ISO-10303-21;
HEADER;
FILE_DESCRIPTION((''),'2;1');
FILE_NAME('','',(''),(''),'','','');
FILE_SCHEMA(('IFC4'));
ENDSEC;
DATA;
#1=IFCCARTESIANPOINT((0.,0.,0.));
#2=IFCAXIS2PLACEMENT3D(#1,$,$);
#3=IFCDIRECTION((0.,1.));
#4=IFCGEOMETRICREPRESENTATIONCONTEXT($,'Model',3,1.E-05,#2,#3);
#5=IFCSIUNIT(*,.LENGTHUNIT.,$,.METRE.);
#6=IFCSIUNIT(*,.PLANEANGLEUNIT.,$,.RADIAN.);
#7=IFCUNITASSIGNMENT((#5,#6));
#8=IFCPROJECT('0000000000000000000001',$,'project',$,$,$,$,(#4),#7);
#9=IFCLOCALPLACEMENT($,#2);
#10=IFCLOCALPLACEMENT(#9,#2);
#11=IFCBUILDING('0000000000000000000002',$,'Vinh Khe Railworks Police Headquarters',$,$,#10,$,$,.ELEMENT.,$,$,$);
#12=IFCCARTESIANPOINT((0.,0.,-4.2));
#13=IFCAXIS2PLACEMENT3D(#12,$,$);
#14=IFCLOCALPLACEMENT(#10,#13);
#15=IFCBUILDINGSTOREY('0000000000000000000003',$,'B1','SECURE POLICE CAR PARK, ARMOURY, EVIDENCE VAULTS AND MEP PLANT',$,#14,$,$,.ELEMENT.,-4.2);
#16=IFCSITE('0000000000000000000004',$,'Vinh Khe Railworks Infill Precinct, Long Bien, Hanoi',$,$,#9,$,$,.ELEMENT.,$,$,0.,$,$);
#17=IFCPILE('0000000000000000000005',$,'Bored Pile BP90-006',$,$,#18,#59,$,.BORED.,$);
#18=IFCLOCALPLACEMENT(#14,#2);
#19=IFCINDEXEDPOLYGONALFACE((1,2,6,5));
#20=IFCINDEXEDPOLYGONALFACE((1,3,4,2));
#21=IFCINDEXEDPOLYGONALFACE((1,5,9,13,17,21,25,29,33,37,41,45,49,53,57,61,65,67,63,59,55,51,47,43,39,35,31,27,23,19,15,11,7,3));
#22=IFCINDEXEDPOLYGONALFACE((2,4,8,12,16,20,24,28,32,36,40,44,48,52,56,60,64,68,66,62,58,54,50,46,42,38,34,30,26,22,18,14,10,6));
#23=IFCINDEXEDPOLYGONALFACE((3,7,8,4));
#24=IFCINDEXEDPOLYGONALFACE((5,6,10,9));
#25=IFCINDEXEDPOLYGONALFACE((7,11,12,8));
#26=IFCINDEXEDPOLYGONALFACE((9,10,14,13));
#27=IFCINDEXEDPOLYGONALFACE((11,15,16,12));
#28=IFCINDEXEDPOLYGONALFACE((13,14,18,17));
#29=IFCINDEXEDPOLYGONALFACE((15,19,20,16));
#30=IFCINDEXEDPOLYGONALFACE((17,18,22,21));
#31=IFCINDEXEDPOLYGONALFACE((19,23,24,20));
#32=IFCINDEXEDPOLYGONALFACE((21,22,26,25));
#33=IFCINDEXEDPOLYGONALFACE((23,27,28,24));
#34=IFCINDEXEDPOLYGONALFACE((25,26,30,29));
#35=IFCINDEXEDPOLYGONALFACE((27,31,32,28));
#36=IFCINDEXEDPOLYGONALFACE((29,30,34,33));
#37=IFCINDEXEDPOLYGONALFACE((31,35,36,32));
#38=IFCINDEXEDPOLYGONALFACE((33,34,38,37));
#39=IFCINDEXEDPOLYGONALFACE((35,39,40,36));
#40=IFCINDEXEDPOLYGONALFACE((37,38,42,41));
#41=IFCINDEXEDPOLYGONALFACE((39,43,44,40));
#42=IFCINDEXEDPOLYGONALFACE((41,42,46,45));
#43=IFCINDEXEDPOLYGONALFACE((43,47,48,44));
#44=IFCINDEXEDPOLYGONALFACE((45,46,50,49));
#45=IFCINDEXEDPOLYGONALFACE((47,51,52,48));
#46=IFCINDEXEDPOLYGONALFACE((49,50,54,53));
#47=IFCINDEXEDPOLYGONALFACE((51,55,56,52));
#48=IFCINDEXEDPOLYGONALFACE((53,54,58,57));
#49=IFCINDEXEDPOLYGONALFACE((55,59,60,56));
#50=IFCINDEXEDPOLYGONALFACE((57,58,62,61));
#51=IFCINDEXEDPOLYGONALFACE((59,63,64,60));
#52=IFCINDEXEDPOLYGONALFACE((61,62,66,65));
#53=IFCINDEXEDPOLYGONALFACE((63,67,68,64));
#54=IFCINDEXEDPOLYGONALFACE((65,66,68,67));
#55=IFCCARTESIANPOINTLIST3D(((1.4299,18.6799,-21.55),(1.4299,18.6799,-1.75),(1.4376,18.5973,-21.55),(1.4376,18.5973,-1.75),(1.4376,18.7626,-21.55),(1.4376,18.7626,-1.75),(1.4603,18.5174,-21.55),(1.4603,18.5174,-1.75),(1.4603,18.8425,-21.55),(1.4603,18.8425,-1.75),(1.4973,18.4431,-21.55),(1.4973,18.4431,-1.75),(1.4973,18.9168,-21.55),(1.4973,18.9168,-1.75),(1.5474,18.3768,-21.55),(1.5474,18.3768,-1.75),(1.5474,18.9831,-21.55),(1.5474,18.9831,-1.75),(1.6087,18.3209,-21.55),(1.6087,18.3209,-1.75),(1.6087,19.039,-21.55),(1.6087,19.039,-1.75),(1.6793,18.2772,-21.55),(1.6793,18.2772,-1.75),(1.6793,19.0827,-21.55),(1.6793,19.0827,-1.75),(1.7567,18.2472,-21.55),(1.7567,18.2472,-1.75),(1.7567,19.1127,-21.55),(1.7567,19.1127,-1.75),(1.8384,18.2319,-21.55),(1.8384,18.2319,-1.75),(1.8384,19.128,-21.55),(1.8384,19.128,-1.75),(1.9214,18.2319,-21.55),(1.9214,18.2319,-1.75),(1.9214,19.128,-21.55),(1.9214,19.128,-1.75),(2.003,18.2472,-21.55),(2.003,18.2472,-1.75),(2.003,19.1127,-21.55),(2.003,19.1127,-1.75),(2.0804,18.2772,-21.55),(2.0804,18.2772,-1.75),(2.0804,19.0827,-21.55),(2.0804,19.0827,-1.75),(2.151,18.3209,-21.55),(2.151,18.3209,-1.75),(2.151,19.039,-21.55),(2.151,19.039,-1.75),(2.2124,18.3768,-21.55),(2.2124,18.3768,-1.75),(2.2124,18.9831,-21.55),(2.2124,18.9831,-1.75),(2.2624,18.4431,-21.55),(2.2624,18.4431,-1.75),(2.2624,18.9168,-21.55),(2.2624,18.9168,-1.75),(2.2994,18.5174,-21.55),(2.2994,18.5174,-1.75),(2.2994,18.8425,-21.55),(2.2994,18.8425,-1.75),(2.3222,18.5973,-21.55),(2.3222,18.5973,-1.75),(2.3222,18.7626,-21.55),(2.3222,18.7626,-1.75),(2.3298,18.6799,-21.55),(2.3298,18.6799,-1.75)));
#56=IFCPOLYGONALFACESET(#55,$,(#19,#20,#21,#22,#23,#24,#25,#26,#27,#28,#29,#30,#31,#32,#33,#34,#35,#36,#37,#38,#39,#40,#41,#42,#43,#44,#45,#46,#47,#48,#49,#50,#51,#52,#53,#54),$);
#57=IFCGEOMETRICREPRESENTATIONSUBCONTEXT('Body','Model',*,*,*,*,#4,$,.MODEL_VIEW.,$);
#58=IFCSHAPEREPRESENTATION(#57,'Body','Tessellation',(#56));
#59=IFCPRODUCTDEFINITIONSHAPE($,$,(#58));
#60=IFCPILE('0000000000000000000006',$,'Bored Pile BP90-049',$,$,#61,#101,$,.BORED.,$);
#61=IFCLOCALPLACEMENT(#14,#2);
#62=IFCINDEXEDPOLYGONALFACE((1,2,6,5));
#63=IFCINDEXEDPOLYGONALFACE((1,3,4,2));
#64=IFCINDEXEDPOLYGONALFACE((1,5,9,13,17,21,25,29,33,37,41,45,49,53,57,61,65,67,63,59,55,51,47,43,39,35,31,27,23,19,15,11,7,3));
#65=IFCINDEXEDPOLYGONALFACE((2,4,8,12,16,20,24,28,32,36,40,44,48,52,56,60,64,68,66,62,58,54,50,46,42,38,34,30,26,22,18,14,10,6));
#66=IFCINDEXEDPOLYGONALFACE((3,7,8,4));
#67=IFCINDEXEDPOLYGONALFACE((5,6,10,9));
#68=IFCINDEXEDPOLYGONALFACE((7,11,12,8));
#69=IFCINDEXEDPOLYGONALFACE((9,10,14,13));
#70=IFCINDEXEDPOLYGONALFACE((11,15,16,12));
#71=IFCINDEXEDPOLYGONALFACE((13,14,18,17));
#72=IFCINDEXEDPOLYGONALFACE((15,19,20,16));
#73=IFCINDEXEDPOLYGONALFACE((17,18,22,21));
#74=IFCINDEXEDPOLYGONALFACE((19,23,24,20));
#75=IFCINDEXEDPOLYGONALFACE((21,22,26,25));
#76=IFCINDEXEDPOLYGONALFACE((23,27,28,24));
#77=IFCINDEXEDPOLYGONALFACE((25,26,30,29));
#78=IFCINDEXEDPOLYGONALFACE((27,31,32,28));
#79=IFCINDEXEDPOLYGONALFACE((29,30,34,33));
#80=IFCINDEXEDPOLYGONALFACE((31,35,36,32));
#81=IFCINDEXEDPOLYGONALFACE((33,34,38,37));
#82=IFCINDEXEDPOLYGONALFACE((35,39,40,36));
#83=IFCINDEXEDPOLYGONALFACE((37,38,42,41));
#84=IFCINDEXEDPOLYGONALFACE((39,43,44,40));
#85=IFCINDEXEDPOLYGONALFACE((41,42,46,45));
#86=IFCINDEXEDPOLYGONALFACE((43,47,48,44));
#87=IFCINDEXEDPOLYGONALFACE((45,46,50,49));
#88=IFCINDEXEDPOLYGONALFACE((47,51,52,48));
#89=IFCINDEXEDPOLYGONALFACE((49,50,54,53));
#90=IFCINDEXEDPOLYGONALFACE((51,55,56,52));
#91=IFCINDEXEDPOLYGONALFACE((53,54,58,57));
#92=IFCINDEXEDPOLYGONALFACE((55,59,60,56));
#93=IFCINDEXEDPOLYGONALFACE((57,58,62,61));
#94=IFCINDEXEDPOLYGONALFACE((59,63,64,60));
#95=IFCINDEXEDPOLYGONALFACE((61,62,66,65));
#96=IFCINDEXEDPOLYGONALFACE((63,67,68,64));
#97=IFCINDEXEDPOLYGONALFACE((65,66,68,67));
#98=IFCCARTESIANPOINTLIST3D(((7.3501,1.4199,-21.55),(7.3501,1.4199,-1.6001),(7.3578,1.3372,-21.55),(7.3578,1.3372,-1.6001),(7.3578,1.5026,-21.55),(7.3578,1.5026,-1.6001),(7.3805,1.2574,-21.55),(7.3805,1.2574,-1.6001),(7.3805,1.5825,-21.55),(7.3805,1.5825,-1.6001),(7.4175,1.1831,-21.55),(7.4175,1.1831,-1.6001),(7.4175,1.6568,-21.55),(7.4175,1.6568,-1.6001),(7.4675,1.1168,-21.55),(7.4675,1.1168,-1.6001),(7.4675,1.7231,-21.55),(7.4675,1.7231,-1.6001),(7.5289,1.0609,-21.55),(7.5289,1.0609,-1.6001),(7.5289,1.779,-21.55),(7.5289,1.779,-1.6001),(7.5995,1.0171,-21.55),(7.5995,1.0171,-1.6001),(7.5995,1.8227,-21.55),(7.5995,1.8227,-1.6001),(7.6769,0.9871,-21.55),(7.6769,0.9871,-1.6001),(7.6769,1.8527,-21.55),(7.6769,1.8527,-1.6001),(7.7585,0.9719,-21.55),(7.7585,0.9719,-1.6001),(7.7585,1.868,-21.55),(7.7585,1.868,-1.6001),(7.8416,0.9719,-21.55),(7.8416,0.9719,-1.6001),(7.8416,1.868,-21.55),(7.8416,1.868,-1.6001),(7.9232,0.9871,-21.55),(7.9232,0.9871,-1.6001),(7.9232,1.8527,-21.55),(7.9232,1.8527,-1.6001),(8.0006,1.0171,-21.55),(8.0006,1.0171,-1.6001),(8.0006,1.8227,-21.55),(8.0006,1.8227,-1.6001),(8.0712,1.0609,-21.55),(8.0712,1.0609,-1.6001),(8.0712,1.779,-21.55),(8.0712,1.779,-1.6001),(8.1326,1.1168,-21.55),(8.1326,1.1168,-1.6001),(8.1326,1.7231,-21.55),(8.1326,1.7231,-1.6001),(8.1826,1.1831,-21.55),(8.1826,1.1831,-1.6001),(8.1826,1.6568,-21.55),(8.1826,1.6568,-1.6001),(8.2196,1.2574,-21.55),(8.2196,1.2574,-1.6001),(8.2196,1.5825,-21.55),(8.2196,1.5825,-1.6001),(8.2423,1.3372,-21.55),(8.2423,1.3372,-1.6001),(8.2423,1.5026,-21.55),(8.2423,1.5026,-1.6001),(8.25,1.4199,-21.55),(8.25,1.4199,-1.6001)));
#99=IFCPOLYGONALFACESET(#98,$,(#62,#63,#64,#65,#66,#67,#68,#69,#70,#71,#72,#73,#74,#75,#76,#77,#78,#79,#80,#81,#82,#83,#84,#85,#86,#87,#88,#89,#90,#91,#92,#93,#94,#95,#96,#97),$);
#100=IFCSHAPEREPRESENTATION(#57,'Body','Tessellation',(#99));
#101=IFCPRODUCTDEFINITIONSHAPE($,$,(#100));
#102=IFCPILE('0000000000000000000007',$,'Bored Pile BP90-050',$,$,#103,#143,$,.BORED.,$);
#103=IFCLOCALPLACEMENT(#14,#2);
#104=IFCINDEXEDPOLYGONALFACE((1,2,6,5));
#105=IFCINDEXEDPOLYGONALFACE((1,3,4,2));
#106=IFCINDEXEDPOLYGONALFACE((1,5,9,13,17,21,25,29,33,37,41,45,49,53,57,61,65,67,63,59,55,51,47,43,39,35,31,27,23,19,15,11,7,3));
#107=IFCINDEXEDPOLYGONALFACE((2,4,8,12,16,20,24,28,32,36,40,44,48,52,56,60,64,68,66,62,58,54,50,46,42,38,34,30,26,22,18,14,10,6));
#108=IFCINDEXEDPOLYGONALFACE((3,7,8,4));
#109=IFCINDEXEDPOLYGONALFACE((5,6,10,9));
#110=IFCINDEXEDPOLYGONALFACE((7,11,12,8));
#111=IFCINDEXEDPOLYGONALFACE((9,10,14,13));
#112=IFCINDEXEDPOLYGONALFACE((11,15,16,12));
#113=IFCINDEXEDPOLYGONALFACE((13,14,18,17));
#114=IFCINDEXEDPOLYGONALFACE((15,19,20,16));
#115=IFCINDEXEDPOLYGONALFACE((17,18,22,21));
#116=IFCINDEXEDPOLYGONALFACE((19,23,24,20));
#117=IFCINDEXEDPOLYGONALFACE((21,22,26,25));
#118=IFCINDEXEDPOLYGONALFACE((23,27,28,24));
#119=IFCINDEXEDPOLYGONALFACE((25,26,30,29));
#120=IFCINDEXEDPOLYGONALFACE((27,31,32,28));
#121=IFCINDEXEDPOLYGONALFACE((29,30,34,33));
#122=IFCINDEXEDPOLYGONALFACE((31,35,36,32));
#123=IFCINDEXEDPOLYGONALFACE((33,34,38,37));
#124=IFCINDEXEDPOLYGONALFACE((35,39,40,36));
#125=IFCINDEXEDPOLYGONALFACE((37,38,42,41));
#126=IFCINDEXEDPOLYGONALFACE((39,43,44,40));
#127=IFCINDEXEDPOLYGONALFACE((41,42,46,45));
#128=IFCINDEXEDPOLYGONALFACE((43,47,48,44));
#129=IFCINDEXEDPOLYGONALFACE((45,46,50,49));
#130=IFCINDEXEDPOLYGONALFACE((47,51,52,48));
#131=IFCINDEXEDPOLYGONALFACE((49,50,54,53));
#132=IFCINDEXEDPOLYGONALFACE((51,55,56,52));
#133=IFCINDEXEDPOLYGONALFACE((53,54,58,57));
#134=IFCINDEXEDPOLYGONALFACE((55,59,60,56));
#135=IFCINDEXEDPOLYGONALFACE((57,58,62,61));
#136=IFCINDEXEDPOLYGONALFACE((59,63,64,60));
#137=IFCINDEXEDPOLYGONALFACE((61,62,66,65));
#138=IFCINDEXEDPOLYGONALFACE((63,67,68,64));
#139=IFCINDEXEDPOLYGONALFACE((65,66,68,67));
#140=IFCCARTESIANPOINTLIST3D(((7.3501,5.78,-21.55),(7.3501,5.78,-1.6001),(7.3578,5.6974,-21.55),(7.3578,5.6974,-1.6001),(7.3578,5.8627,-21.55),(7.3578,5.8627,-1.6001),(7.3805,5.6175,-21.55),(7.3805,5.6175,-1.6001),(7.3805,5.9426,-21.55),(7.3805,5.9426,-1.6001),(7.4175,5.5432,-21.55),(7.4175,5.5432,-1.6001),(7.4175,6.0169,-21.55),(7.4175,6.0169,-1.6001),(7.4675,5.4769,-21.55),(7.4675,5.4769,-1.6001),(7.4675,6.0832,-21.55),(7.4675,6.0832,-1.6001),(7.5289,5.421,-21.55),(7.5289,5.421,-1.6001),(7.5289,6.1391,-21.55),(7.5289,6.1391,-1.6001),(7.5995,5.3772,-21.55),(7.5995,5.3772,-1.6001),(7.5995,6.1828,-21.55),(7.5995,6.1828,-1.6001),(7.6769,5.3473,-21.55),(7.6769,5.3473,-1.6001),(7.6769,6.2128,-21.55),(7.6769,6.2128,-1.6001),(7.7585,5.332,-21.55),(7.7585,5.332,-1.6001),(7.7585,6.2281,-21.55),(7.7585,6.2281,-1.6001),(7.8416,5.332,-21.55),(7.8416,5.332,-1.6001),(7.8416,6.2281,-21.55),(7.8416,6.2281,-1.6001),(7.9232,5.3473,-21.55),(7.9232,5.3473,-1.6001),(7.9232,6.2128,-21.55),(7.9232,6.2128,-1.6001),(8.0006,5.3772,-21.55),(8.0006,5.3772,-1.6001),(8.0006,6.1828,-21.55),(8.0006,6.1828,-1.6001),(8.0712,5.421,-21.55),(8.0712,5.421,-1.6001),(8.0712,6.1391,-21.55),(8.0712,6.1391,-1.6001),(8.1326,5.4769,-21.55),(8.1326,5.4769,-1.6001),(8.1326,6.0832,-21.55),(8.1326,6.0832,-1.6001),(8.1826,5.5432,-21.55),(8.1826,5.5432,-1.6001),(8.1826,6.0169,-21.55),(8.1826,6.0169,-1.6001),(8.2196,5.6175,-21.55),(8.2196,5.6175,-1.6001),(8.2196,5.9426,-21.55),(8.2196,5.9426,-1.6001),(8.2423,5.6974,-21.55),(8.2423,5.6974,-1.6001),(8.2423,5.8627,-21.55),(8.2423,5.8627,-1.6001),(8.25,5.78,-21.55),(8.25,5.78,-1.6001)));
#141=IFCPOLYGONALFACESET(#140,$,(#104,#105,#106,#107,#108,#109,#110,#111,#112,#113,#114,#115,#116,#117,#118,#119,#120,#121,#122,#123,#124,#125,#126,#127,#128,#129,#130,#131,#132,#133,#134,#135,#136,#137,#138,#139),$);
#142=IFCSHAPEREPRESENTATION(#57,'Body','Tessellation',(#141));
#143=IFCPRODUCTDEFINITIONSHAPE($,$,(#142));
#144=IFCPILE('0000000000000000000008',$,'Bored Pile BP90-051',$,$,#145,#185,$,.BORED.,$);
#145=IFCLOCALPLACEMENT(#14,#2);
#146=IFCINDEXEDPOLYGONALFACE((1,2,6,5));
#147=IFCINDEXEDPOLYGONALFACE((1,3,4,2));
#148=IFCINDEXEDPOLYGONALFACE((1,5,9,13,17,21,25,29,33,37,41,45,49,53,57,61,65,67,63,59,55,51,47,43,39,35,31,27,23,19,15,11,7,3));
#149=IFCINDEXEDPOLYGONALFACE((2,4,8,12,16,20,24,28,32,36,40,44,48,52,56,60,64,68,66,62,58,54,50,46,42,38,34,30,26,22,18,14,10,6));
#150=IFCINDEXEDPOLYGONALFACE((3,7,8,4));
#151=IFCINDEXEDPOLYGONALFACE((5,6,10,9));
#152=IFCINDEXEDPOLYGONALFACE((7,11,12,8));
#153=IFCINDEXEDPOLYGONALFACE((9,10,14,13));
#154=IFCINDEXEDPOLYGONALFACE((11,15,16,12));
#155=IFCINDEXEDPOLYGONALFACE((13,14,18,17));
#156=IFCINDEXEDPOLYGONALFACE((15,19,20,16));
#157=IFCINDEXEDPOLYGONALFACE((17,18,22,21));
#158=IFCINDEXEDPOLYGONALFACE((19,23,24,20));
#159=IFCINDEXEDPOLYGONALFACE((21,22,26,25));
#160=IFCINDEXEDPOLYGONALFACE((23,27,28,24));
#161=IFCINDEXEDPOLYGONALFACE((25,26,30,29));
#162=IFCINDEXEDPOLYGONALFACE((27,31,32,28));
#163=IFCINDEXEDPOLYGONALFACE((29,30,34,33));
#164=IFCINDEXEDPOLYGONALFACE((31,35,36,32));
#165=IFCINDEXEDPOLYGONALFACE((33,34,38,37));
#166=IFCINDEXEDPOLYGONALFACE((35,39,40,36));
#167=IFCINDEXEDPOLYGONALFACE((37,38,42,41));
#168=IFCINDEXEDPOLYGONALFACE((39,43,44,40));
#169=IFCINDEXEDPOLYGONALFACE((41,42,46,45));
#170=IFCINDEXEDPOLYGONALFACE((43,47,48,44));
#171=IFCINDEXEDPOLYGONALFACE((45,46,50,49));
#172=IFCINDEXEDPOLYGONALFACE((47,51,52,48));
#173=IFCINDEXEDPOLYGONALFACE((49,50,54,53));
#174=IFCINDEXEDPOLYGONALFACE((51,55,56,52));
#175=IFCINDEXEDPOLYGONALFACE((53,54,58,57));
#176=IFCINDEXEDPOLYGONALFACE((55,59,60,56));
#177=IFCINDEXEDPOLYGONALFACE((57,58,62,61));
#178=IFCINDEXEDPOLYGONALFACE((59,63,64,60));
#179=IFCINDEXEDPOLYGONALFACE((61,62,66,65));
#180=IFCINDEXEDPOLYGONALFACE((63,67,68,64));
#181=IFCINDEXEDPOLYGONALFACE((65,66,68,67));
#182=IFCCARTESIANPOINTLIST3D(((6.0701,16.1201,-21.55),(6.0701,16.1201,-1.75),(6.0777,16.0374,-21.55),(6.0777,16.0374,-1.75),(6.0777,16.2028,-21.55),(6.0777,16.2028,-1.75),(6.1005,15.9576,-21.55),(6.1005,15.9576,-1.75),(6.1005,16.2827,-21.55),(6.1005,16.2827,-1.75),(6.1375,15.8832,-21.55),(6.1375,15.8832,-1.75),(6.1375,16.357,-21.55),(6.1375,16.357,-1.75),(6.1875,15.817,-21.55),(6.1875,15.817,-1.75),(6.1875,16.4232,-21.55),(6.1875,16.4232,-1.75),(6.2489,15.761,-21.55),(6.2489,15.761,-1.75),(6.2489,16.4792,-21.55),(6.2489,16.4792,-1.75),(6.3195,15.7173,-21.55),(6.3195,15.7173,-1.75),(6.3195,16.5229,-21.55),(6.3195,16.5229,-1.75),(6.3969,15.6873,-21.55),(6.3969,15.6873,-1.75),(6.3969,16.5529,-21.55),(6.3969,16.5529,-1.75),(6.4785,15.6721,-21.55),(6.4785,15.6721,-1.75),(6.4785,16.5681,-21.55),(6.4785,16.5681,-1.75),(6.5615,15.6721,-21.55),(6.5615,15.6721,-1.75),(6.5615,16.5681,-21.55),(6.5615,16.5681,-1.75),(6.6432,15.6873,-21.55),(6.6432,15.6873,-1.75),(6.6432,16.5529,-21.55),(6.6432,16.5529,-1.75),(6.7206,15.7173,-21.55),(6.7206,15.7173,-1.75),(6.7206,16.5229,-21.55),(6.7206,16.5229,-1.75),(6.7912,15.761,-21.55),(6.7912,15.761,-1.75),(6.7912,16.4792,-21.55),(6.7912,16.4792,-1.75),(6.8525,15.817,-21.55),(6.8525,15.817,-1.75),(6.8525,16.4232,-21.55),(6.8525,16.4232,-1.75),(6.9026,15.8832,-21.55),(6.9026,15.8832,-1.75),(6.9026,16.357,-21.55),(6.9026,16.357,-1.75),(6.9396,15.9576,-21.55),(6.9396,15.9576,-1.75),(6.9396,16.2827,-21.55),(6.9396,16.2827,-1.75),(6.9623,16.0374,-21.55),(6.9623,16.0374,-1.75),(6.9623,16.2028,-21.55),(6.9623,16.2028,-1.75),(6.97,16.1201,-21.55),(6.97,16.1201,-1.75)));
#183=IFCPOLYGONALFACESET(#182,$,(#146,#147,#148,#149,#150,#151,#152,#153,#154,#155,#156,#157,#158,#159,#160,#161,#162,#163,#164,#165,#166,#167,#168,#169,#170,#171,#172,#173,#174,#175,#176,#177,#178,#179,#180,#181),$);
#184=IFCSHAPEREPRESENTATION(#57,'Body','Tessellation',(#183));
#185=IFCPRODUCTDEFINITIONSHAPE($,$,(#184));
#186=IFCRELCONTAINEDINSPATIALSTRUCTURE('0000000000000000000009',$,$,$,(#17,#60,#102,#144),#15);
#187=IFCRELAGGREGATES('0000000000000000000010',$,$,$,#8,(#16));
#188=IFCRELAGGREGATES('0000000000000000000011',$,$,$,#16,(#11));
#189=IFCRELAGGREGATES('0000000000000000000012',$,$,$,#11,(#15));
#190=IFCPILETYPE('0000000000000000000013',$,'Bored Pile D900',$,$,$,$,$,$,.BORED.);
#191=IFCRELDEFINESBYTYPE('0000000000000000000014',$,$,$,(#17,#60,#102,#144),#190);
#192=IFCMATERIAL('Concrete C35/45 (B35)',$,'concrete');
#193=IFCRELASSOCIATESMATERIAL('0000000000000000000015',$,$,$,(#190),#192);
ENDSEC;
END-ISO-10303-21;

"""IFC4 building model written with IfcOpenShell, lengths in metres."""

from ifc_helpers import new_model, si_unit, direction, frame, origin, origin_2d, place, context, subcontext, project, spatial, circle, extrude, material, material_profile, profile_set, type_object, element, save


model = new_model("IFC4")

# Units and contexts
model_context = context("Model", 3, precision=1e-05, world=origin(), true_north=direction((0.0, 1.0)))
body_context = subcontext(model_context, "Body", "Model", "MODEL_VIEW")
ifc_project = project(units=[si_unit("LENGTHUNIT", "METRE"), si_unit("PLANEANGLEUNIT", "RADIAN")], contexts=[model_context])

# Site, building, storey
site_placement = place(None, origin())
site = spatial("IfcSite", under=ifc_project, at=site_placement, Name="Vinh Khe Railworks Infill Precinct, Long Bien, Hanoi", CompositionType="ELEMENT", RefElevation=0.0)
building_placement = place(site_placement, origin())
building = spatial("IfcBuilding", under=site, at=building_placement, Name="Vinh Khe Railworks Police Headquarters", CompositionType="ELEMENT")
storey_placement = place(building_placement, frame((0.0, 0.0, -4.2)))
storey = spatial("IfcBuildingStorey", under=building, at=storey_placement, Name="B1", Description="SECURE POLICE CAR PARK, ARMOURY, EVIDENCE VAULTS AND MEP PLANT", CompositionType="ELEMENT", Elevation=-4.2)

# Piles
ifc_material_1 = material(Name="Concrete C35/45 (B35)", Category="concrete")
ifc_material_profile_1 = material_profile(ifc_material_1, circle(Radius=0.45, at=origin_2d()), Name="BORED PILE D900")
ifc_profile_set_1 = profile_set([ifc_material_profile_1], Name="Concrete C35/45 (B35)")
pile_type = type_object("IfcPileType", Name="Bored Pile D900", PredefinedType="BORED", material=ifc_profile_set_1)
pile_placement = place(storey_placement, frame((1.8799, 18.6799, -1.75), z_axis=(0.0, 0.0, -1.0), x_axis=(1.0, 0.0, 0.0)))
element("IfcPile", 1, at=pile_placement, inside=storey, type_object=pile_type, Name="Bored Pile BP90-006", PredefinedType="BORED", context=body_context, shape_type="SweptSolid", body=[
    extrude(circle(Radius=0.45, at=origin_2d()), origin(), (0.0, 0.0, 1.0), 19.8),
])
for number, where, z_axis, x_axis, name in (
    (2, (7.8, 1.4199, -1.6001), (0.0, 0.0, -1.0), (1.0, 0.0, 0.0), "Bored Pile BP90-049"),
    (3, (7.8, 5.78, -1.6001), (0.0, 0.0, -1.0), (1.0, 0.0, 0.0), "Bored Pile BP90-050"),
):
    element("IfcPile", number, at=place(storey_placement, frame(where, z_axis=z_axis, x_axis=x_axis)), inside=storey, type_object=pile_type, Name=name, PredefinedType="BORED", context=body_context, shape_type="SweptSolid", body=[
        extrude(circle(Radius=0.45, at=origin_2d()), origin(), (0.0, 0.0, 1.0), 19.95),
    ])
for number, where, z_axis, x_axis, name in (
    (4, (6.52, 16.1201, -1.75), (0.0, 0.0, -1.0), (1.0, 0.0, 0.0), "Bored Pile BP90-051"),
):
    element("IfcPile", number, at=place(storey_placement, frame(where, z_axis=z_axis, x_axis=x_axis)), inside=storey, type_object=pile_type, Name=name, PredefinedType="BORED", context=body_context, shape_type="SweptSolid", body=[
        extrude(circle(Radius=0.45, at=origin_2d()), origin(), (0.0, 0.0, 1.0), 19.8),
    ])

save(model, "model.ifc")
